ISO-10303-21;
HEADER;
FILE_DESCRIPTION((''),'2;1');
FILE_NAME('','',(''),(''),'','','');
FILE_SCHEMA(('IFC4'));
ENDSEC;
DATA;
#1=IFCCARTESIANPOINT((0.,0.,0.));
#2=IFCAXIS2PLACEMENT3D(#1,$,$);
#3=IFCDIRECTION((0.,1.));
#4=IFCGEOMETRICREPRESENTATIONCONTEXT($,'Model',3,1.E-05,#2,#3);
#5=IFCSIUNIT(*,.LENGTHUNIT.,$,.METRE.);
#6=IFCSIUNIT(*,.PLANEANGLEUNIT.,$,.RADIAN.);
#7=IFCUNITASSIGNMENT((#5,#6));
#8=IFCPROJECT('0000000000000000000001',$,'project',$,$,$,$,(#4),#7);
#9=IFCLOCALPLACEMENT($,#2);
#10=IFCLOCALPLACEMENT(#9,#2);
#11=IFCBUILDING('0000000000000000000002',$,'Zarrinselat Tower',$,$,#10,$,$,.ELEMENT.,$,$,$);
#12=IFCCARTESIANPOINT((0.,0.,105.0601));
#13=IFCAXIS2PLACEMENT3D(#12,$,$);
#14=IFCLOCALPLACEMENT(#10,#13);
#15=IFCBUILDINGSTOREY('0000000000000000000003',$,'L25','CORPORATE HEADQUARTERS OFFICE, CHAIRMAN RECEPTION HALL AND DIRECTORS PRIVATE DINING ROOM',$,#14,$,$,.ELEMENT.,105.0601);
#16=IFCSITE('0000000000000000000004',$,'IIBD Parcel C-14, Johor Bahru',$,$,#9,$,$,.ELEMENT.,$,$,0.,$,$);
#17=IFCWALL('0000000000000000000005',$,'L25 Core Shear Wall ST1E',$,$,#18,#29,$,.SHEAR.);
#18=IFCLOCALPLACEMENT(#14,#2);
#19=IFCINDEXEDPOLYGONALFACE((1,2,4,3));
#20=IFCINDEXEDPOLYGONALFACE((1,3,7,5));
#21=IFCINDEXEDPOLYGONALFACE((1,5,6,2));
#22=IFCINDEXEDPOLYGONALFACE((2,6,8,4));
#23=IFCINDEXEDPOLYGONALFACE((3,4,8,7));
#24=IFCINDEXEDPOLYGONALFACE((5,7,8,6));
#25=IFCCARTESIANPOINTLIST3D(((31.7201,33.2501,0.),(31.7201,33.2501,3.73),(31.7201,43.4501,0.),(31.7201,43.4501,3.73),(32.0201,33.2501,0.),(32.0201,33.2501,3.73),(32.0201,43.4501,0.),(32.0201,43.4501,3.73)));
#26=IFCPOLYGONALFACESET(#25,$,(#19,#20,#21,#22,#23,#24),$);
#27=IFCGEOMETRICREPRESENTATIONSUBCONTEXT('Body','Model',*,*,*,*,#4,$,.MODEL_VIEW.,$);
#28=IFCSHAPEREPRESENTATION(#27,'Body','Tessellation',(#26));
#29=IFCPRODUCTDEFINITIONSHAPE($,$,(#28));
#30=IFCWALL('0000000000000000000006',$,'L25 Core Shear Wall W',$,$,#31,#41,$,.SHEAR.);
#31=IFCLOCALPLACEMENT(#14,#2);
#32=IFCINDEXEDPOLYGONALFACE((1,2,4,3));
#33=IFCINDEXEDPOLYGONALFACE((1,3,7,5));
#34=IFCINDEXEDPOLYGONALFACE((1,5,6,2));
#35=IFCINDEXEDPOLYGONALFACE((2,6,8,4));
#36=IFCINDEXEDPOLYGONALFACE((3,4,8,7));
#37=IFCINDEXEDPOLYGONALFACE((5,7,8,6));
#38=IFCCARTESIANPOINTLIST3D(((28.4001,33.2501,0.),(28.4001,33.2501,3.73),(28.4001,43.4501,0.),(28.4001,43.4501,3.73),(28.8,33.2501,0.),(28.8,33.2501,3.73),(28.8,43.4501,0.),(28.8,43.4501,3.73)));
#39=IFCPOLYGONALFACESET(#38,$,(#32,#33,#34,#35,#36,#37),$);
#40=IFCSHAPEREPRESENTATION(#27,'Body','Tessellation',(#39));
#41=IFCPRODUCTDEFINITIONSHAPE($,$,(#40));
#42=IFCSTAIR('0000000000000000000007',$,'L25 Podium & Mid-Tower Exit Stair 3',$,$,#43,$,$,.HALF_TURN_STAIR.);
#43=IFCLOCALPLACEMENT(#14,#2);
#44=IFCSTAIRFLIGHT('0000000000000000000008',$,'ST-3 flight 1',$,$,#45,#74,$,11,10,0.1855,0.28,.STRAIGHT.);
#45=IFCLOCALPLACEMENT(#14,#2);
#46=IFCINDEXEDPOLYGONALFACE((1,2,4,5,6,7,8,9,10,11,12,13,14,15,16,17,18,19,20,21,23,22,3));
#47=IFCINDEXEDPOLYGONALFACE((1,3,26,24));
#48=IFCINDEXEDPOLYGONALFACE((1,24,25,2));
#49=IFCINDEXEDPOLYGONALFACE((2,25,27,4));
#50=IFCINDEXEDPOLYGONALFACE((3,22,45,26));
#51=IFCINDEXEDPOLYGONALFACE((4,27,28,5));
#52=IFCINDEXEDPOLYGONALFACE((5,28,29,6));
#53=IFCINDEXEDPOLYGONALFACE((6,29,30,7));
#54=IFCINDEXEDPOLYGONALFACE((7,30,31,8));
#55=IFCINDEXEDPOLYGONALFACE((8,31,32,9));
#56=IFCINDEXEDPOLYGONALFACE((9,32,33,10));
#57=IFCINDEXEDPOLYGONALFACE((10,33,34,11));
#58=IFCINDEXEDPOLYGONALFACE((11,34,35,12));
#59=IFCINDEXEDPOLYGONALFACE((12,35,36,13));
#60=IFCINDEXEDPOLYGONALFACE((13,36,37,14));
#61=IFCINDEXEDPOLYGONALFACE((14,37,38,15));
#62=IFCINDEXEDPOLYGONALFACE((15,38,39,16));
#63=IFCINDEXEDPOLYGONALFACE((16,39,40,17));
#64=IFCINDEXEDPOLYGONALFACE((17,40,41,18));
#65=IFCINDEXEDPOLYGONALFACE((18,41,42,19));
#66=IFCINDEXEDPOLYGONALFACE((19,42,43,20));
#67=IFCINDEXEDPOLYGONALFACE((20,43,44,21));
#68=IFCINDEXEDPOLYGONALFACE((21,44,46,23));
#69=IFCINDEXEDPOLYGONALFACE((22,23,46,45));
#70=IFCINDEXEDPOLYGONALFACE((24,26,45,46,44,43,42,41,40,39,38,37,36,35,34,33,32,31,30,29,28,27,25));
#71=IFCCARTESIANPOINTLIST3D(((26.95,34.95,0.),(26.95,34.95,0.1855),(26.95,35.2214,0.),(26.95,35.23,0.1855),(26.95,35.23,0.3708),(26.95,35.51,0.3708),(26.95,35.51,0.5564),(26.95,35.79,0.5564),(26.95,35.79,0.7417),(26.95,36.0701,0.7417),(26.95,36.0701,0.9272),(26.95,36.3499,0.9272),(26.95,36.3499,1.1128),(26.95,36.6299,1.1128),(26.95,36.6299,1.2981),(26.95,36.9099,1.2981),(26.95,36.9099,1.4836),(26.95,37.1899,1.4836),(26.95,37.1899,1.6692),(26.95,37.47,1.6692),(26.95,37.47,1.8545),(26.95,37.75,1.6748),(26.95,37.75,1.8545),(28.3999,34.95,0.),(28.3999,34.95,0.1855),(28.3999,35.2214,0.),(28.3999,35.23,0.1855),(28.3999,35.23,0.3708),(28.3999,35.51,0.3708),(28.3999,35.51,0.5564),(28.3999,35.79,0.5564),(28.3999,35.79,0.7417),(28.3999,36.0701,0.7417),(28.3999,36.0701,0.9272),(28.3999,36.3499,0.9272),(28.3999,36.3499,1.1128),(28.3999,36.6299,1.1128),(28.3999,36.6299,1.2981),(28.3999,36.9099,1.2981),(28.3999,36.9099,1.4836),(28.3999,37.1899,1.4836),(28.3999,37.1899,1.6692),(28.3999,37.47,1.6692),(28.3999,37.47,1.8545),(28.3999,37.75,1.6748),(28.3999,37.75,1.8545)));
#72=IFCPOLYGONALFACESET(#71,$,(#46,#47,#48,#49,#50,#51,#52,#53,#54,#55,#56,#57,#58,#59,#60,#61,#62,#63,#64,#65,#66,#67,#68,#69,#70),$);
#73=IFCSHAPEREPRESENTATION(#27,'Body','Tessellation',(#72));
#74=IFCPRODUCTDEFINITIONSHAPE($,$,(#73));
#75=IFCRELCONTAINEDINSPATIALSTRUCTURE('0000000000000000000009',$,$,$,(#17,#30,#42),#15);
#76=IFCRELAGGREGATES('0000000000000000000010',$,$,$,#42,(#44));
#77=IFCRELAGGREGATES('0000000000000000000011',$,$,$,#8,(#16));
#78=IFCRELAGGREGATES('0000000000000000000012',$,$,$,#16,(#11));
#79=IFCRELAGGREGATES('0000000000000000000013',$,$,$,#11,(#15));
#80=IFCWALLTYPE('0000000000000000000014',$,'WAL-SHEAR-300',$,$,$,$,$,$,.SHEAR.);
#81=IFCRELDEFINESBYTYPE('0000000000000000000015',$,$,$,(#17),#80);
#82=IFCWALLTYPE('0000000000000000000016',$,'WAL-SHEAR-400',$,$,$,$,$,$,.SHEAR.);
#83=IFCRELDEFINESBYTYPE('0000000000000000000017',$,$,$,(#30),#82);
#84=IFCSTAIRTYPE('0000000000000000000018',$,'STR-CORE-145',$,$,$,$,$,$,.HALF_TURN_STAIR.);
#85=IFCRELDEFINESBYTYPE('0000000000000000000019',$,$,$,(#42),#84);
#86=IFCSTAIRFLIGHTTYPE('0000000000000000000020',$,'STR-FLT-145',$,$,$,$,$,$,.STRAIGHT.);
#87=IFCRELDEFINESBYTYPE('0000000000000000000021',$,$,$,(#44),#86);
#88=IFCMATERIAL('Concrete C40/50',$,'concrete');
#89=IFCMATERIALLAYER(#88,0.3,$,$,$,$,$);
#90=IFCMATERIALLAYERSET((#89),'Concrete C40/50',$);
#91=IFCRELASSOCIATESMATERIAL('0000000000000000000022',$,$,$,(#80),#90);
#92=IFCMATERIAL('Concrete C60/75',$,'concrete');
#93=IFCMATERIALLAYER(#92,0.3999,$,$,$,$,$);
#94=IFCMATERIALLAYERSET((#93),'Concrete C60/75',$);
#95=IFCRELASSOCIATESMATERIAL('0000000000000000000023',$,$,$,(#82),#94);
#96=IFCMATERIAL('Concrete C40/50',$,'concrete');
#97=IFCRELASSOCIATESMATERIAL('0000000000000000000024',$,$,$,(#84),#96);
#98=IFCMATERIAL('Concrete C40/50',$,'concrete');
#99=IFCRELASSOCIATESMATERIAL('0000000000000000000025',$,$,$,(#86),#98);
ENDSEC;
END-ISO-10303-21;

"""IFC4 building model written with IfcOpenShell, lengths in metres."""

from ifc_helpers import new_model, si_unit, direction, frame, frame_2d, origin, place, context, subcontext, project, spatial, polyline, rectangle, outline, extrude, material, layer, layer_set, type_object, element, aggregate, save


model = new_model("IFC4")

# Units and contexts
model_context = context("Model", 3, precision=1e-05, world=origin(), true_north=direction((0.0, 1.0)))
body_context = subcontext(model_context, "Body", "Model", "MODEL_VIEW")
ifc_project = project(units=[si_unit("LENGTHUNIT", "METRE"), si_unit("PLANEANGLEUNIT", "RADIAN")], contexts=[model_context])

# Site, building, storey
site_placement = place(None, origin())
site = spatial("IfcSite", under=ifc_project, at=site_placement, Name="IIBD Parcel C-14, Johor Bahru", CompositionType="ELEMENT", RefElevation=0.0)
building_placement = place(site_placement, origin())
building = spatial("IfcBuilding", under=site, at=building_placement, Name="Zarrinselat Tower", CompositionType="ELEMENT")
storey_placement = place(building_placement, frame((0.0, 0.0, 105.0601)))
storey = spatial("IfcBuildingStorey", under=building, at=storey_placement, Name="L25", Description="CORPORATE HEADQUARTERS OFFICE, CHAIRMAN RECEPTION HALL AND DIRECTORS PRIVATE DINING ROOM", CompositionType="ELEMENT", Elevation=105.0601)

# Wall
ifc_material_1 = material(Name="Concrete C40/50", Category="concrete")
ifc_layer_1 = layer(ifc_material_1, 0.3)
ifc_layer_set_1 = layer_set([ifc_layer_1], Name="Concrete C40/50")
wall_type_1 = type_object("IfcWallType", Name="WAL-SHEAR-300", PredefinedType="SHEAR", material=ifc_layer_set_1)
wall_1_placement = place(storey_placement, frame((31.8701, 33.25, 0.0), z_axis=(0.0, 0.0, 1.0), x_axis=(0.0, 1.0, 0.0)))
element("IfcWall", 1, at=wall_1_placement, inside=storey, type_object=wall_type_1, Name="L25 Core Shear Wall ST1E", PredefinedType="SHEAR", context=body_context, shape_type="SweptSolid", body=[
    extrude(rectangle(XDim=10.2, YDim=0.3, at=frame_2d((5.1001, 0.0))), origin(), (0.0, 0.0, 1.0), 3.73),
])

# Shared definitions
ifc_material_2 = material(Name="Concrete C60/75", Category="concrete")
ifc_layer_2 = layer(ifc_material_2, 0.3999)
ifc_layer_set_2 = layer_set([ifc_layer_2], Name="Concrete C60/75")
wall_type_2 = type_object("IfcWallType", Name="WAL-SHEAR-400", PredefinedType="SHEAR", material=ifc_layer_set_2)

# Wall
wall_2_placement = place(storey_placement, frame((28.6001, 33.25, 0.0), z_axis=(0.0, 0.0, 1.0), x_axis=(0.0, 1.0, 0.0)))
element("IfcWall", 2, at=wall_2_placement, inside=storey, type_object=wall_type_2, Name="L25 Core Shear Wall W", PredefinedType="SHEAR", context=body_context, shape_type="SweptSolid", body=[
    extrude(rectangle(XDim=10.2, YDim=0.3999, at=frame_2d((5.1001, 0.0))), origin(), (0.0, 0.0, 1.0), 3.73),
])

# Stair, stair flight
ifc_material_3 = material(Name="Concrete C40/50", Category="concrete")
stair_type = type_object("IfcStairType", Name="STR-CORE-145", PredefinedType="HALF_TURN_STAIR", material=ifc_material_3)
stair_placement = place(storey_placement, origin())
stair = element("IfcStair", 3, at=stair_placement, inside=storey, type_object=stair_type, Name="L25 Podium & Mid-Tower Exit Stair 3", PredefinedType="HALF_TURN_STAIR")
ifc_material_4 = material(Name="Concrete C40/50", Category="concrete")
stair_flight_type = type_object("IfcStairFlightType", Name="STR-FLT-145", PredefinedType="STRAIGHT", material=ifc_material_4)
stair_flight_placement = place(storey_placement, frame((27.675, 34.95, 0.0), z_axis=(0.0, 0.0, 1.0), x_axis=(0.0, 1.0, 0.0)))
stair_flight = element("IfcStairFlight", 4, at=stair_flight_placement, type_object=stair_flight_type, Name="ST-3 flight 1", NumberOfRisers=11, NumberOfTreads=10, PredefinedType="STRAIGHT", RiserHeight=0.1855, TreadLength=0.28, context=body_context, shape_type="SweptSolid", body=[
    extrude(outline(polyline([(0.0, 0.0), (0.0, 0.1855), (0.28, 0.1855), (0.28, 0.3708), (0.5601, 0.3708), (0.5601, 0.5564), (0.8401, 0.5564), (0.8401, 0.7417), (1.1201, 0.7417), (1.1201, 0.9272), (1.3999, 0.9272), (1.3999, 1.1128), (1.6799, 1.1128), (1.6799, 1.2981), (1.96, 1.2981), (1.96, 1.4836), (2.24, 1.4836), (2.24, 1.6692), (2.52, 1.6692), (2.52, 1.8545), (2.8, 1.8545), (2.8, 2.04), (2.8, 1.6748), (0.2715, 0.0), (0.0, 0.0)])), frame((0.0, 0.7251, 0.0), z_axis=(0.0, -1.0, 0.0), x_axis=(1.0, 0.0, 0.0)), (0.0, 0.0, 1.0), 1.45),
])
aggregate(stair, [stair_flight])

save(model, "model.ifc")
